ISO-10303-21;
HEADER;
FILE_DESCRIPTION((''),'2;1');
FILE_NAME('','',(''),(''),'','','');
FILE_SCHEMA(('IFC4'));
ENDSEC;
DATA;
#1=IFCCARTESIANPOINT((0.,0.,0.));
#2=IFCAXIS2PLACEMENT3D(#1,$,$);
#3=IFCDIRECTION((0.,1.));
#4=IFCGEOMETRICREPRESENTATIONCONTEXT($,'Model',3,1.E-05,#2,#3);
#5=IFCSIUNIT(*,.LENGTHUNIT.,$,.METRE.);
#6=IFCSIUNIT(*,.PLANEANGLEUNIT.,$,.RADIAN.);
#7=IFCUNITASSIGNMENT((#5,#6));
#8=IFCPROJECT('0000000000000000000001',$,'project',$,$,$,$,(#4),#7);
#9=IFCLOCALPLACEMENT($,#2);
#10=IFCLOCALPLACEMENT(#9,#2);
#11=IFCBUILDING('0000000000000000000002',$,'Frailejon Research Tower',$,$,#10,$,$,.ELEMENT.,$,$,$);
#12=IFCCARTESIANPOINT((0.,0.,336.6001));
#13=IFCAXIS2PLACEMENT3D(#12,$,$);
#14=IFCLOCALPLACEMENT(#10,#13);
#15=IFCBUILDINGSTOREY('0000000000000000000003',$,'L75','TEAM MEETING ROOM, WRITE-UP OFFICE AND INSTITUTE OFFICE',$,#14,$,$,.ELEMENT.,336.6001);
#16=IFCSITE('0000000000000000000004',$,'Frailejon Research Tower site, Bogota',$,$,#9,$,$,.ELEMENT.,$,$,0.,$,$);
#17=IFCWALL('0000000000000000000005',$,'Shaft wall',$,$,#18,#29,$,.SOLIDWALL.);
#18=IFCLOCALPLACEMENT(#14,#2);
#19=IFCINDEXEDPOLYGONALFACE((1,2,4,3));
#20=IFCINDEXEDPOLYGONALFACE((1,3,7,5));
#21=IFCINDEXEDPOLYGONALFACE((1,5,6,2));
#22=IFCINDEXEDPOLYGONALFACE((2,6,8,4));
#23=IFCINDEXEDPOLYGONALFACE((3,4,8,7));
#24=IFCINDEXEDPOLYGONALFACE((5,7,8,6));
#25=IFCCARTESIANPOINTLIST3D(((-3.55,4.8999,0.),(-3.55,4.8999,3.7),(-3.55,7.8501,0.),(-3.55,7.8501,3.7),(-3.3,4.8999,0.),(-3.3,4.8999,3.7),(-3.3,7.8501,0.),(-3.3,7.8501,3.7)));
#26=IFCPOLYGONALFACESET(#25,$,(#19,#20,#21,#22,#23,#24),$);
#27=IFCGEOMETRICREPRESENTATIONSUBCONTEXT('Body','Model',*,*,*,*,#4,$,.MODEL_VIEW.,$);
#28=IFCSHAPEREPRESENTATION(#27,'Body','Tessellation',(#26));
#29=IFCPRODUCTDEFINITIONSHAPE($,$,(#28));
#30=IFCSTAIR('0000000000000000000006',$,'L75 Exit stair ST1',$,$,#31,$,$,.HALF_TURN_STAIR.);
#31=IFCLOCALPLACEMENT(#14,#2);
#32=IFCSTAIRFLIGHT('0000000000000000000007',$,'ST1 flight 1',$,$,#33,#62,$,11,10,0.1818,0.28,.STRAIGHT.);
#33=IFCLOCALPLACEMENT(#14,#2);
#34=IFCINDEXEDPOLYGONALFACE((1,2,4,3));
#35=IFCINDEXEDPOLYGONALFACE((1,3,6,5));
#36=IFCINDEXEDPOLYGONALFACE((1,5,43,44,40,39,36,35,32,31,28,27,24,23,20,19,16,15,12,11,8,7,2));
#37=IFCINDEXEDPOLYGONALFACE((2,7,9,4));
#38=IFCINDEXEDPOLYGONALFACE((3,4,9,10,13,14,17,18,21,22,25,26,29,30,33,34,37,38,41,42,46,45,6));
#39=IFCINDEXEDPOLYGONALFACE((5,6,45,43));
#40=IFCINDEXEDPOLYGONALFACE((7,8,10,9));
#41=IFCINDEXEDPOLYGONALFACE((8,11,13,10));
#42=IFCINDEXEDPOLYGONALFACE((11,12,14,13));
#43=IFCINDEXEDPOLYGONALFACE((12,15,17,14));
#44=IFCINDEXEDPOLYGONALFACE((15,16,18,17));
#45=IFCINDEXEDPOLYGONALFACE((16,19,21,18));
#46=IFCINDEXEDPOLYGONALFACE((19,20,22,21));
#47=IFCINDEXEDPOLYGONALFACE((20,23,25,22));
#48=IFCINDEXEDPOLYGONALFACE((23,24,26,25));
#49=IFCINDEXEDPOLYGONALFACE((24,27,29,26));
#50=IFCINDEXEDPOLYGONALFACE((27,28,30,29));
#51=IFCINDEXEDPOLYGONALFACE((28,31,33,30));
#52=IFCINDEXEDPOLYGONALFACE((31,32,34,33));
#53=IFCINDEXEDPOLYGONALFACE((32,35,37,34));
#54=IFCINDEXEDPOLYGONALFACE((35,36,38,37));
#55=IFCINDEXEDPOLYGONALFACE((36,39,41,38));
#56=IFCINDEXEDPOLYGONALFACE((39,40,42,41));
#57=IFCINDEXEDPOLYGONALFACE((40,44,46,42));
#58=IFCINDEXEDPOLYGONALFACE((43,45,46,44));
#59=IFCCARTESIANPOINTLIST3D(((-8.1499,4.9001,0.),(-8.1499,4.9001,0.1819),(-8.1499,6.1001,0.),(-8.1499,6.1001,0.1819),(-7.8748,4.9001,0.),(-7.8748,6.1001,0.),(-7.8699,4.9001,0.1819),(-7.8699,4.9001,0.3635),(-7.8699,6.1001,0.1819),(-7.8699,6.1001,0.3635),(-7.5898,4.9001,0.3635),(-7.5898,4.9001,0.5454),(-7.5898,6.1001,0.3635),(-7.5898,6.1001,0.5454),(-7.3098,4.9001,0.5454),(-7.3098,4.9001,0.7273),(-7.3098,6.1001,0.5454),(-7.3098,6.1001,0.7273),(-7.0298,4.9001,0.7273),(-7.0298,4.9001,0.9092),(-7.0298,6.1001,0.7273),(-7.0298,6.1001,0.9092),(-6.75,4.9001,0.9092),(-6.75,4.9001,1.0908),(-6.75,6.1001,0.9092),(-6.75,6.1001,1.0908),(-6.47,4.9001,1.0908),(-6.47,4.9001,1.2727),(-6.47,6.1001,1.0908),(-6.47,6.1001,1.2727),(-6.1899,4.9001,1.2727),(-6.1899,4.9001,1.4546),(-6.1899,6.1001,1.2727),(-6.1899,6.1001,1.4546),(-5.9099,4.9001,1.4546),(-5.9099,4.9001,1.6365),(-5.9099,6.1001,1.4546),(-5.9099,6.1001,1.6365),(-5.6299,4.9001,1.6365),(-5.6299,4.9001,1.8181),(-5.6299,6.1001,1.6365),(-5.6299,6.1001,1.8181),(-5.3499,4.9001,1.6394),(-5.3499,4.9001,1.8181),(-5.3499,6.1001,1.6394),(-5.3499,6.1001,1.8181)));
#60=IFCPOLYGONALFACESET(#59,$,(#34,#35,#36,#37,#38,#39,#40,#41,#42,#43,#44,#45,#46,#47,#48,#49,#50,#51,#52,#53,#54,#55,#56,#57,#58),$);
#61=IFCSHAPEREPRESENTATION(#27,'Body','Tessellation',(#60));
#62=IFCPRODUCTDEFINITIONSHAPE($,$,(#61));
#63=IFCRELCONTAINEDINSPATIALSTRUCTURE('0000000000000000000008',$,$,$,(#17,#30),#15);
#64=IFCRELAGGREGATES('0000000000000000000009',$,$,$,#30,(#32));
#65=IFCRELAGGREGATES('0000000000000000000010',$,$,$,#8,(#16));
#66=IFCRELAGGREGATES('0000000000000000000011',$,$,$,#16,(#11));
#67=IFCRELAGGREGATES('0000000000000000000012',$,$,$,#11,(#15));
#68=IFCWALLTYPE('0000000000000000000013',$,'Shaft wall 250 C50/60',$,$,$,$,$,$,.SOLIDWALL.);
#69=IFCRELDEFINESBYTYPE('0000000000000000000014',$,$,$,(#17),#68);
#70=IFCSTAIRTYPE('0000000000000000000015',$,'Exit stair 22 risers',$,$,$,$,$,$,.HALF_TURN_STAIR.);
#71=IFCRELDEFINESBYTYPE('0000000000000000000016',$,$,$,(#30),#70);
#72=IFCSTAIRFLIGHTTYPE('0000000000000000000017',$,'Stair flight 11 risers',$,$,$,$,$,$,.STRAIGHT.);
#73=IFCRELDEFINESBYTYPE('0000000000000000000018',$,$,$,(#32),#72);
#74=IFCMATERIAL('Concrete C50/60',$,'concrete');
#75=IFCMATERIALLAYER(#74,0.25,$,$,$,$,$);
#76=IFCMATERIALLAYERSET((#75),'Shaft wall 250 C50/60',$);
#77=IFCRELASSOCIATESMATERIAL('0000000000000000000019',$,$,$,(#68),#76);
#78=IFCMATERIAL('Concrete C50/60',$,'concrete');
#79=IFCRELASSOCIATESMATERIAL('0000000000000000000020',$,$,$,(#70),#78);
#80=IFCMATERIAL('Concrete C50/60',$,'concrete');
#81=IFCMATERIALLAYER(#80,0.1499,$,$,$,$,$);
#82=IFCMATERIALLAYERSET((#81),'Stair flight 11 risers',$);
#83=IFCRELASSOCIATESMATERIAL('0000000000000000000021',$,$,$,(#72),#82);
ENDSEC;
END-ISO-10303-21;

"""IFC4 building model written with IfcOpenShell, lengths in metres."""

from ifc_helpers import new_model, si_unit, direction, frame, frame_2d, origin, place, context, subcontext, project, spatial, polyline, rectangle, outline, extrude, material, layer, layer_set, type_object, element, aggregate, save


model = new_model("IFC4")

# Units and contexts
model_context = context("Model", 3, precision=1e-05, world=origin(), true_north=direction((0.0, 1.0)))
body_context = subcontext(model_context, "Body", "Model", "MODEL_VIEW")
ifc_project = project(units=[si_unit("LENGTHUNIT", "METRE"), si_unit("PLANEANGLEUNIT", "RADIAN")], contexts=[model_context])

# Site, building, storey
site_placement = place(None, origin())
site = spatial("IfcSite", under=ifc_project, at=site_placement, Name="Frailejon Research Tower site, Bogota", CompositionType="ELEMENT", RefElevation=0.0)
building_placement = place(site_placement, origin())
building = spatial("IfcBuilding", under=site, at=building_placement, Name="Frailejon Research Tower", CompositionType="ELEMENT")
storey_placement = place(building_placement, frame((0.0, 0.0, 336.6001)))
storey = spatial("IfcBuildingStorey", under=building, at=storey_placement, Name="L75", Description="TEAM MEETING ROOM, WRITE-UP OFFICE AND INSTITUTE OFFICE", CompositionType="ELEMENT", Elevation=336.6001)

# Shared definitions
ifc_material_1 = material(Name="Concrete C50/60", Category="concrete")
ifc_layer_1 = layer(ifc_material_1, 0.25)
ifc_layer_set_1 = layer_set([ifc_layer_1], Name="Shaft wall 250 C50/60")
wall_type_1 = type_object("IfcWallType", Name="Shaft wall 250 C50/60", PredefinedType="SOLIDWALL", material=ifc_layer_set_1)

# Wall
wall_1_placement = place(storey_placement, frame((-3.425, 4.8999, 0.0), z_axis=(0.0, 0.0, 1.0), x_axis=(0.0, 1.0, 0.0)))
element("IfcWall", 1, at=wall_1_placement, inside=storey, type_object=wall_type_1, Name="Shaft wall", PredefinedType="SOLIDWALL", context=body_context, shape_type="SweptSolid", body=[
    extrude(rectangle(XDim=2.9502, YDim=0.25, at=frame_2d((1.4751, 0.0))), origin(), (0.0, 0.0, 1.0), 3.7),
])

# Stair, stair flight
ifc_material_2 = material(Name="Concrete C50/60", Category="concrete")
stair_type = type_object("IfcStairType", Name="Exit stair 22 risers", PredefinedType="HALF_TURN_STAIR", material=ifc_material_2)
stair_placement = place(storey_placement, origin())
stair = element("IfcStair", 2, at=stair_placement, inside=storey, type_object=stair_type, Name="L75 Exit stair ST1", PredefinedType="HALF_TURN_STAIR")
ifc_material_3 = material(Name="Concrete C50/60", Category="concrete")
ifc_layer_2 = layer(ifc_material_3, 0.1499)
ifc_layer_set_2 = layer_set([ifc_layer_2], Name="Stair flight 11 risers")
stair_flight_type = type_object("IfcStairFlightType", Name="Stair flight 11 risers", PredefinedType="STRAIGHT", material=ifc_layer_set_2)
stair_flight_placement = place(storey_placement, frame((-8.1499, 5.5, 0.0), z_axis=(0.0, 0.0, 1.0), x_axis=(1.0, 0.0, 0.0)))
stair_flight = element("IfcStairFlight", 3, at=stair_flight_placement, type_object=stair_flight_type, Name="ST1 flight 1", NumberOfRisers=11, NumberOfTreads=10, PredefinedType="STRAIGHT", RiserHeight=0.1818, TreadLength=0.28, context=body_context, shape_type="SweptSolid", body=[
    extrude(outline(polyline([(0.0, 0.0), (0.0, 0.1819), (0.28, 0.1819), (0.28, 0.3635), (0.5601, 0.3635), (0.5601, 0.5454), (0.8401, 0.5454), (0.8401, 0.7273), (1.1201, 0.7273), (1.1201, 0.9092), (1.3999, 0.9092), (1.3999, 1.0908), (1.6799, 1.0908), (1.6799, 1.2727), (1.96, 1.2727), (1.96, 1.4546), (2.24, 1.4546), (2.24, 1.6365), (2.52, 1.6365), (2.52, 1.8181), (2.8, 1.8181), (2.8, 2.0), (2.8, 1.6394), (0.2751, 0.0), (0.0, 0.0)])), frame((0.0, 0.6001, 0.0), z_axis=(0.0, -1.0, 0.0), x_axis=(1.0, 0.0, 0.0)), (0.0, 0.0, 1.0), 1.2),
])
aggregate(stair, [stair_flight])

save(model, "model.ifc")
